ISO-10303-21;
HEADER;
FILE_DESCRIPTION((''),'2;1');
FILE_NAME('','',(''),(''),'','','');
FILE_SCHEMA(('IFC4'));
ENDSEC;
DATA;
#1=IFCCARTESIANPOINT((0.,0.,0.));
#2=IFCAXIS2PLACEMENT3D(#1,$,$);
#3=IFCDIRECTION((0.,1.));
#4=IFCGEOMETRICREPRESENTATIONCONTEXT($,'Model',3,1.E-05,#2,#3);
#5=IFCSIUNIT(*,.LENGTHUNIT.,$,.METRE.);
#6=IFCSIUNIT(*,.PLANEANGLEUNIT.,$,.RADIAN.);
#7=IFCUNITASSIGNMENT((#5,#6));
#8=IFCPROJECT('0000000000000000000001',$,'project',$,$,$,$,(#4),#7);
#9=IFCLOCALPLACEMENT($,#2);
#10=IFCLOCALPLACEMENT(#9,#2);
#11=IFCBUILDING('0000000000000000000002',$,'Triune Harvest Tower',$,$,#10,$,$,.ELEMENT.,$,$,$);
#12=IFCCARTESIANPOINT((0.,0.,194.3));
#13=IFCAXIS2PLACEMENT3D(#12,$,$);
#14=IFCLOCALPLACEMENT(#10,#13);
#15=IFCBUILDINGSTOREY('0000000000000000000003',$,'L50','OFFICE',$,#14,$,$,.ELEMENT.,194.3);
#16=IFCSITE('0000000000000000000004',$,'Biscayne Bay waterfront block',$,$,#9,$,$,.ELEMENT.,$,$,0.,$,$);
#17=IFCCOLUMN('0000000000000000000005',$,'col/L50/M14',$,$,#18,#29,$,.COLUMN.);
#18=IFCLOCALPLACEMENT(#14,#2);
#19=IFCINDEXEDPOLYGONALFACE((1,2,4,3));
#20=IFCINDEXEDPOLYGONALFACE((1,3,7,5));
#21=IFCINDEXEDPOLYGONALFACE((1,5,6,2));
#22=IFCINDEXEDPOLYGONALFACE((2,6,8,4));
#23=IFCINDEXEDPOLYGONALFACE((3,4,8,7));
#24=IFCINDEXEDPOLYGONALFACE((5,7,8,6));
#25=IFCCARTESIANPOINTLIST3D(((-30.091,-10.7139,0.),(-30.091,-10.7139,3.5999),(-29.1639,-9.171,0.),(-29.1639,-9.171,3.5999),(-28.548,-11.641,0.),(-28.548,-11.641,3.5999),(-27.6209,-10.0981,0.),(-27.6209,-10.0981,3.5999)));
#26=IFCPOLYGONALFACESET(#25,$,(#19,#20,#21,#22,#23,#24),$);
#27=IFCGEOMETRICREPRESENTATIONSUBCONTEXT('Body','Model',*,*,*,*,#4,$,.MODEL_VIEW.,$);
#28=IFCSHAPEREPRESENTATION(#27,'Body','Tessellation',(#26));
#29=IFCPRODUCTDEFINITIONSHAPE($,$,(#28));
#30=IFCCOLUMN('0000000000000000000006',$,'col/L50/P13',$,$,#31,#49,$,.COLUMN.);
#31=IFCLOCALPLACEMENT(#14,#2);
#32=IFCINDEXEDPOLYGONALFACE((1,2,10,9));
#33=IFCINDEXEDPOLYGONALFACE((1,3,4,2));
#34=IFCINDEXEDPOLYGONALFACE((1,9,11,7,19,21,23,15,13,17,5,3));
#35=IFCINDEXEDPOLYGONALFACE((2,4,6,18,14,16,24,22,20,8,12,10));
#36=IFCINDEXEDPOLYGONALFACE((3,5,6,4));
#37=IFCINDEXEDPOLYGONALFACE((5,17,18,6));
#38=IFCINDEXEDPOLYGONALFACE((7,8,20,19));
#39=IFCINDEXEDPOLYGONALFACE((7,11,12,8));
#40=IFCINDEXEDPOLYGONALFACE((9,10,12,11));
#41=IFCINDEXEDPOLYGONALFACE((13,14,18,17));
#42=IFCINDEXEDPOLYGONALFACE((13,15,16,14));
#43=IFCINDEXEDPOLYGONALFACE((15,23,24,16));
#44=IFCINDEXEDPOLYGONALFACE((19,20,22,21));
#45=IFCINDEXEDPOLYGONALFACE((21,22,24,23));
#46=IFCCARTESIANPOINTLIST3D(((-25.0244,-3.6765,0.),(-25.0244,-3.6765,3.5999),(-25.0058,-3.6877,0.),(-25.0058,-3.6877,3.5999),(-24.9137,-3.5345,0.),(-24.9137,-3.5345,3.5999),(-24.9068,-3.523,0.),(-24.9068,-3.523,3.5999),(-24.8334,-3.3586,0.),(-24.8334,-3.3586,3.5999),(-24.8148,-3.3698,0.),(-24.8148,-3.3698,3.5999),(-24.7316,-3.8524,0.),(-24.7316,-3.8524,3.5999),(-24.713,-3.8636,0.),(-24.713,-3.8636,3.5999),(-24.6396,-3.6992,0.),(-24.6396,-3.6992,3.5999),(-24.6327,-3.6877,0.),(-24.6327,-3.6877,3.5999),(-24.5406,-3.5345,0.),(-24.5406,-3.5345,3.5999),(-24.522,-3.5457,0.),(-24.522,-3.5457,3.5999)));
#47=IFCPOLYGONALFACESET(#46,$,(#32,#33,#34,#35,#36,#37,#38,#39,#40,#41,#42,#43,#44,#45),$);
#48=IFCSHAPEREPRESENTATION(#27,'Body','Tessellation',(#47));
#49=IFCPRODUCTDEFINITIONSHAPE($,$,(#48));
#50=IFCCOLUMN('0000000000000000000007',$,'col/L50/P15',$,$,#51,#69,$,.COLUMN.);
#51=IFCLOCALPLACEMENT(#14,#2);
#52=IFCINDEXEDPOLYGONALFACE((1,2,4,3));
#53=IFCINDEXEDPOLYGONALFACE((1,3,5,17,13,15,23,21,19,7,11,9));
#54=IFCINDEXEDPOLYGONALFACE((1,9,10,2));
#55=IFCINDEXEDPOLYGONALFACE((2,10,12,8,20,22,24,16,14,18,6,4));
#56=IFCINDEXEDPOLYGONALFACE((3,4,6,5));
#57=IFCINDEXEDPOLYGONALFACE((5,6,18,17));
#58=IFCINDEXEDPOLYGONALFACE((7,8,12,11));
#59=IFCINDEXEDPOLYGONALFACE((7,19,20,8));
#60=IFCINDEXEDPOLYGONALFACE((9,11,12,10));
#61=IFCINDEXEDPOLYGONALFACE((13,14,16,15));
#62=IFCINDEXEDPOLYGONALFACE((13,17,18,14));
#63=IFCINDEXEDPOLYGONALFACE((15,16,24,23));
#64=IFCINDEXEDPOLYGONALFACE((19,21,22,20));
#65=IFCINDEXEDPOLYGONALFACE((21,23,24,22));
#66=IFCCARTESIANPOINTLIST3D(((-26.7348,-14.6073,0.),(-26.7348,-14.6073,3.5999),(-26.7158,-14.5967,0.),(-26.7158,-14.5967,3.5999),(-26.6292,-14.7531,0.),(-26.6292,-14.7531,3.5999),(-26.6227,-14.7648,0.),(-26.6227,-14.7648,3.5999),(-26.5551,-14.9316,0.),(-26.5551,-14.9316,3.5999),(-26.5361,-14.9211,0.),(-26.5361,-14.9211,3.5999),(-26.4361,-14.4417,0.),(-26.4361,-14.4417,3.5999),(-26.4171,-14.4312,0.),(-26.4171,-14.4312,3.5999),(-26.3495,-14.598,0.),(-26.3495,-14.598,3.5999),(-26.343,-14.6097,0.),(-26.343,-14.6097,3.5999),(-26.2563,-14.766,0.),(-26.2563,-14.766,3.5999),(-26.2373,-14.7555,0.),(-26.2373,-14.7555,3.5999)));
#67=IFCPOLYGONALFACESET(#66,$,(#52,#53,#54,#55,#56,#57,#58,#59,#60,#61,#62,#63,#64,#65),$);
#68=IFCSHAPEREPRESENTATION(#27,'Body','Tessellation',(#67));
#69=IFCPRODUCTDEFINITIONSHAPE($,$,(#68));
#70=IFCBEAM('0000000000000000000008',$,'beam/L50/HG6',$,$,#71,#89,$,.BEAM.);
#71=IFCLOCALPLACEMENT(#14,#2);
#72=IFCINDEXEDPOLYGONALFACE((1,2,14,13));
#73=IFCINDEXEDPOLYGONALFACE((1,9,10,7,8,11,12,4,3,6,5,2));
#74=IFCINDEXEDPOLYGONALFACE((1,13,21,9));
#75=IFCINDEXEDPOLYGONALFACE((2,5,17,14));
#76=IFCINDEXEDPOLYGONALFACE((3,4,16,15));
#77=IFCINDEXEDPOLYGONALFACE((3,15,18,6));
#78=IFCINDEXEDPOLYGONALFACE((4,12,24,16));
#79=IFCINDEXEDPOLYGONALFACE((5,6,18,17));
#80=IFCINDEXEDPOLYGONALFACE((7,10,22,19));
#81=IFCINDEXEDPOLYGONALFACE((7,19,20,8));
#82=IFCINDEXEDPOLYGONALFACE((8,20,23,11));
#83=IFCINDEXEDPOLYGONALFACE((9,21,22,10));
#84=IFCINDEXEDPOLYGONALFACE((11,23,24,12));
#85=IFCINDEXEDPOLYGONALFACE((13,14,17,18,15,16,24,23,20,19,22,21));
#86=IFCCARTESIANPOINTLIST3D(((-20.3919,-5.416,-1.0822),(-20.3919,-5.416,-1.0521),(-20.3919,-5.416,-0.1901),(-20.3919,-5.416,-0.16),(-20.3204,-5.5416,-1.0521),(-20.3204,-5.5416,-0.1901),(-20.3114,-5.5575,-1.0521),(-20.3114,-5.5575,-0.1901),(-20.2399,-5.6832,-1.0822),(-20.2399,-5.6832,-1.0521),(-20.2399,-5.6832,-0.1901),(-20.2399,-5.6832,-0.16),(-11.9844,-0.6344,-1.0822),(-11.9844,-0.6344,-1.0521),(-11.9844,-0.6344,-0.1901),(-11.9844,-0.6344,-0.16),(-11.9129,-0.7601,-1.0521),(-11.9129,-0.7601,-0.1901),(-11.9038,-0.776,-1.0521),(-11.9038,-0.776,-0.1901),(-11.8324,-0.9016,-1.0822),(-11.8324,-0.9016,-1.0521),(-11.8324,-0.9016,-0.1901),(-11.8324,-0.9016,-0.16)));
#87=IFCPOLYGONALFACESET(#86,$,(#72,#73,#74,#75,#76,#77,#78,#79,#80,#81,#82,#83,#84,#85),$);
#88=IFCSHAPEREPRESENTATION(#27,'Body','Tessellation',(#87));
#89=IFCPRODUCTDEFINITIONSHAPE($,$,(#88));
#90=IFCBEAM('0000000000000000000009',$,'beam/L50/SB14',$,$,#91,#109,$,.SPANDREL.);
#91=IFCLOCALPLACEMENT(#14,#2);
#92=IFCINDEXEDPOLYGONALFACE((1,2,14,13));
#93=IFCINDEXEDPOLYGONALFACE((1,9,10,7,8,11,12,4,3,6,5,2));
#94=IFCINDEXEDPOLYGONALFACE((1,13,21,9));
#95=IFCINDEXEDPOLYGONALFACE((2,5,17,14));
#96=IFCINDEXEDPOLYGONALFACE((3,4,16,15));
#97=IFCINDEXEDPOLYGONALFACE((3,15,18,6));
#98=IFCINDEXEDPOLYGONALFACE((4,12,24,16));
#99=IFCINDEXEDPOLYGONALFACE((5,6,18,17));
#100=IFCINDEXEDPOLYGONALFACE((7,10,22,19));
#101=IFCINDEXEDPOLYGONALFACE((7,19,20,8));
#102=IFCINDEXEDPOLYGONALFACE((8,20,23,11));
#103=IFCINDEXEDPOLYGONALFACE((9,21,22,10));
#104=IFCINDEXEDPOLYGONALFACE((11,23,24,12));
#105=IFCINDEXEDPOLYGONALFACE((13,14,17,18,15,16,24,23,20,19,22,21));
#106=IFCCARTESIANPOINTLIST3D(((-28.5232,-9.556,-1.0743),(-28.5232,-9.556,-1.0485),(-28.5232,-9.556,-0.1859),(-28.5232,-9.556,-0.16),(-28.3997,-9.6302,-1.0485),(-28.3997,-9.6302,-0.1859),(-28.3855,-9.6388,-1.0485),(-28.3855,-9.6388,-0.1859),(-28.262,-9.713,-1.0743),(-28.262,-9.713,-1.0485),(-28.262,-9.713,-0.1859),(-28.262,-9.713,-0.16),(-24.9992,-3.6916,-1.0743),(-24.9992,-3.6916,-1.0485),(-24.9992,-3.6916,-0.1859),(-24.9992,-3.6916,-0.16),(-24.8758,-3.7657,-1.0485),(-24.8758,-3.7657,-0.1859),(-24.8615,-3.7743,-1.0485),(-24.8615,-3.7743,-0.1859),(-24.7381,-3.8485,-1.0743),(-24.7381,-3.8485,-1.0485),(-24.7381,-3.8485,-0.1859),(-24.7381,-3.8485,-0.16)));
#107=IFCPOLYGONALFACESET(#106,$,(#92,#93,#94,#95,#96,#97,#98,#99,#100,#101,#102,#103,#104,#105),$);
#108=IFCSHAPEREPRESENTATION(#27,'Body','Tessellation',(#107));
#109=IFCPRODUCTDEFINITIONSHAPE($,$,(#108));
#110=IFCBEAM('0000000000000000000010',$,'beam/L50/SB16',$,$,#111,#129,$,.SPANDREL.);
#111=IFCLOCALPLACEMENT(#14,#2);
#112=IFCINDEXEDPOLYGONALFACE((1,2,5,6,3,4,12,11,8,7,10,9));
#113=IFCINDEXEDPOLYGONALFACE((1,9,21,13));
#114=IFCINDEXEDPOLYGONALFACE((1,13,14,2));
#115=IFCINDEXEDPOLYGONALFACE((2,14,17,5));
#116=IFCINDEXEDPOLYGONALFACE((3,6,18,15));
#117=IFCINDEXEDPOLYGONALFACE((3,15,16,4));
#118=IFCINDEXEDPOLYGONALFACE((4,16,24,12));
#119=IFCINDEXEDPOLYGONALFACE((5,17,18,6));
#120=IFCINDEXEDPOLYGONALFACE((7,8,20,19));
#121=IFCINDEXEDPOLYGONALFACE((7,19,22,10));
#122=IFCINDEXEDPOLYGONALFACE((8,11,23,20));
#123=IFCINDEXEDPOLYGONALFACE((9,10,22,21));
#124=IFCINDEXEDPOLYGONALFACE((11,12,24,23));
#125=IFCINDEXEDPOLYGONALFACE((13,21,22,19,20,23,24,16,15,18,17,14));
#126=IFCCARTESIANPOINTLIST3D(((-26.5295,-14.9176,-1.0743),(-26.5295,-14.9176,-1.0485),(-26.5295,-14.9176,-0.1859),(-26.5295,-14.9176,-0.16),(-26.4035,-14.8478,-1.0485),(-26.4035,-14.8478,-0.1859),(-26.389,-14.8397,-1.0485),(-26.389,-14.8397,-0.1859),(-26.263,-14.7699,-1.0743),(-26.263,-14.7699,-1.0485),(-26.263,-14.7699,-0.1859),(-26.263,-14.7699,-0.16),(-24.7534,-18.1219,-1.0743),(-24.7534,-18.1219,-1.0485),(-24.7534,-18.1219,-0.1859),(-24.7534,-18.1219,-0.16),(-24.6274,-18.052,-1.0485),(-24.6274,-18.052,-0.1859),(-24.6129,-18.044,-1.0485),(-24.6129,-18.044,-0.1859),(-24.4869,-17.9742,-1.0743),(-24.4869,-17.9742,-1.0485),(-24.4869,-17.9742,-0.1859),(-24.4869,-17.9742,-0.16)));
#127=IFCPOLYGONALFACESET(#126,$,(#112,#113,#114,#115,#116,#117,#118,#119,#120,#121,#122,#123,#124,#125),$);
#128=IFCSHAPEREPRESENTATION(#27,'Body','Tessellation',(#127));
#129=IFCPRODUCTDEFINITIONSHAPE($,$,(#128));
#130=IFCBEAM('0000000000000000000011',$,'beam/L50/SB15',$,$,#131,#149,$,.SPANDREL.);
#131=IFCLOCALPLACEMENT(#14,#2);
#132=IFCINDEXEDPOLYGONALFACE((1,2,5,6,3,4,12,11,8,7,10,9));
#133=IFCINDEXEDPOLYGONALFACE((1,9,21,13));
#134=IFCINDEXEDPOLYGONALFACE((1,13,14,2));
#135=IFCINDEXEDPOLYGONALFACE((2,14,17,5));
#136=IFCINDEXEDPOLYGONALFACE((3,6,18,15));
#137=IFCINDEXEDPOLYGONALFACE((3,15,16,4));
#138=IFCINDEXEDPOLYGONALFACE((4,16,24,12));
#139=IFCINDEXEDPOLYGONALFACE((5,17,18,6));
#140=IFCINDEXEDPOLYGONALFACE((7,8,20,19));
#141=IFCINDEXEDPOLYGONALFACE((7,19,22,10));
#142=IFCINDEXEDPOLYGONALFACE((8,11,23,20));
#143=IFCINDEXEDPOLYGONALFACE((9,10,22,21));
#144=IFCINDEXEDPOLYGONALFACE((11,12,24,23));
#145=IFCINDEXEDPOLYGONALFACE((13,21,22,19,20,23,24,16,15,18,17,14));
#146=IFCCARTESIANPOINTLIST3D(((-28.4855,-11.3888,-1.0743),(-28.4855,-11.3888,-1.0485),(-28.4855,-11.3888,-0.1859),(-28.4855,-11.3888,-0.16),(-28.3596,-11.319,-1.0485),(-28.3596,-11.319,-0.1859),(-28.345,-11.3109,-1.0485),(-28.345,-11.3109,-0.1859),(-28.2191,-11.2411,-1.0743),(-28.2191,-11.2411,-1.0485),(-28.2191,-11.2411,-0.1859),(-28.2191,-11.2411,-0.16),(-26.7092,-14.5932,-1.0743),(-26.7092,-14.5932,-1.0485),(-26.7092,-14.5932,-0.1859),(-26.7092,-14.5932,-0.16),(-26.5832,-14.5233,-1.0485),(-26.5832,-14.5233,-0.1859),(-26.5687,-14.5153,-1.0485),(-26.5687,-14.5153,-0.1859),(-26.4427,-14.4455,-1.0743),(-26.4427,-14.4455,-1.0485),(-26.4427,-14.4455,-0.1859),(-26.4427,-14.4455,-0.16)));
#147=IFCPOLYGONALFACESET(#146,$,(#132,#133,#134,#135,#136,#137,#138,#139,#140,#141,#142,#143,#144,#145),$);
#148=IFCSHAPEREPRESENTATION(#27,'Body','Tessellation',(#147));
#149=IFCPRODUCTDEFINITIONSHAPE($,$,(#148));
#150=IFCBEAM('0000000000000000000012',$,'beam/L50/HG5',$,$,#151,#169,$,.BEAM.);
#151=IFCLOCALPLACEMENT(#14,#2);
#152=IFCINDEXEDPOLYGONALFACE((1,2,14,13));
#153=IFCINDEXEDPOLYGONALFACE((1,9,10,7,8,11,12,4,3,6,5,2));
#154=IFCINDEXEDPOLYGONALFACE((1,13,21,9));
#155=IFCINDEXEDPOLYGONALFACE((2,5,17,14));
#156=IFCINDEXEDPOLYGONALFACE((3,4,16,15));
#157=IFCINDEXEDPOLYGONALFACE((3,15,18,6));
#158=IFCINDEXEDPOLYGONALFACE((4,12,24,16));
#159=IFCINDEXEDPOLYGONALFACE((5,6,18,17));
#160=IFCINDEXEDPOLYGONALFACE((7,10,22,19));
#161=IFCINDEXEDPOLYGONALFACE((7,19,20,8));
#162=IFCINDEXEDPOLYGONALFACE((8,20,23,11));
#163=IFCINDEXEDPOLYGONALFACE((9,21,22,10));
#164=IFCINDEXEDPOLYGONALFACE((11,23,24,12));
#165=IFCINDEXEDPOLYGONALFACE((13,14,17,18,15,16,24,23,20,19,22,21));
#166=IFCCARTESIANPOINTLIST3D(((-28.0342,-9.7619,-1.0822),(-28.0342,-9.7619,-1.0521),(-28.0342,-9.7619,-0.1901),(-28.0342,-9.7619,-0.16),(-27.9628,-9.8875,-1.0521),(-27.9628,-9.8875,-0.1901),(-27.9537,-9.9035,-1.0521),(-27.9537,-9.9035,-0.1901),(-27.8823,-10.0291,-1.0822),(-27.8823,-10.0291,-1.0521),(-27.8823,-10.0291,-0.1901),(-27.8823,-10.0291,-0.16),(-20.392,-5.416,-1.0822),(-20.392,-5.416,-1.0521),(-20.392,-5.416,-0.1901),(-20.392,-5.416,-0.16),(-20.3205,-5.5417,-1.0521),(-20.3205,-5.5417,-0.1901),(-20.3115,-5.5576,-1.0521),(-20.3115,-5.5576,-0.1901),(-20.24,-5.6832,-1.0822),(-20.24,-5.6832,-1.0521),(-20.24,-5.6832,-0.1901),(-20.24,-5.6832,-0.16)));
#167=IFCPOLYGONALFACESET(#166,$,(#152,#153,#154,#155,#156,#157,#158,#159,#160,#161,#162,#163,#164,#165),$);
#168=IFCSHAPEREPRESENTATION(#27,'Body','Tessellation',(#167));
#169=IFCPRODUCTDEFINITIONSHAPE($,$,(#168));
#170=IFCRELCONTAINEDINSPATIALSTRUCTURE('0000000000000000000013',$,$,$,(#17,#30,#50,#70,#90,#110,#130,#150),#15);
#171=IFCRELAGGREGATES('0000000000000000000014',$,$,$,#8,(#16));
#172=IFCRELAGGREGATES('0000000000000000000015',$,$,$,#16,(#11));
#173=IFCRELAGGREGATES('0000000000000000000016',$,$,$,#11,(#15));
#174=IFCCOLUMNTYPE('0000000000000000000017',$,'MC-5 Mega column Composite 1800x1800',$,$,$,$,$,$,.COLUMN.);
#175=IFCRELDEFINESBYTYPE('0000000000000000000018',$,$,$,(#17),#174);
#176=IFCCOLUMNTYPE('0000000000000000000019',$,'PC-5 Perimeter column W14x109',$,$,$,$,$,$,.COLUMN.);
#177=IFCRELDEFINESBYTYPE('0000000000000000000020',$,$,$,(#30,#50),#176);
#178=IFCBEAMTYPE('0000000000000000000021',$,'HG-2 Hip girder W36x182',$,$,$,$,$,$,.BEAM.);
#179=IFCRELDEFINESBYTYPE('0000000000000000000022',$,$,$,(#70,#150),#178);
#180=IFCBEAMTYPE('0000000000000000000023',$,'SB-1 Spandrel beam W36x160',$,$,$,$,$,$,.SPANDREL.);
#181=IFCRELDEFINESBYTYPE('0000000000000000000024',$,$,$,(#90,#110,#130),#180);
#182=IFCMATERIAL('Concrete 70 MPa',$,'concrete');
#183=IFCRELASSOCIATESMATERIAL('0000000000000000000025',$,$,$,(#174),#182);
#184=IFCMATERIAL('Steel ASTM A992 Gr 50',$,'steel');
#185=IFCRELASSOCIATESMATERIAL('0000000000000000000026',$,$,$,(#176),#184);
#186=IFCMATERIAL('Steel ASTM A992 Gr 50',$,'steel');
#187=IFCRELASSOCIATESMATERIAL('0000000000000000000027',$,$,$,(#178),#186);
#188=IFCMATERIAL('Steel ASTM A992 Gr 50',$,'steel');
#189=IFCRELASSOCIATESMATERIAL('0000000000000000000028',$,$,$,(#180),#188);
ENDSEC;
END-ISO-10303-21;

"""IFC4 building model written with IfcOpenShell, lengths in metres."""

from ifc_helpers import new_model, si_unit, direction, frame, origin, origin_2d, place, context, subcontext, project, spatial, rectangle, i_section, extrude, source, transform, mapped, material, material_profile, profile_set, type_object, element, save


model = new_model("IFC4")

# Units and contexts
model_context = context("Model", 3, precision=1e-05, world=origin(), true_north=direction((0.0, 1.0)))
body_context = subcontext(model_context, "Body", "Model", "MODEL_VIEW")
ifc_project = project(units=[si_unit("LENGTHUNIT", "METRE"), si_unit("PLANEANGLEUNIT", "RADIAN")], contexts=[model_context])

# Site, building, storey
site_placement = place(None, origin())
site = spatial("IfcSite", under=ifc_project, at=site_placement, Name="Biscayne Bay waterfront block", CompositionType="ELEMENT", RefElevation=0.0)
building_placement = place(site_placement, origin())
building = spatial("IfcBuilding", under=site, at=building_placement, Name="Triune Harvest Tower", CompositionType="ELEMENT")
storey_placement = place(building_placement, frame((0.0, 0.0, 194.3)))
storey = spatial("IfcBuildingStorey", under=building, at=storey_placement, Name="L50", Description="OFFICE", CompositionType="ELEMENT", Elevation=194.3)

# Columns
ifc_material_1 = material(Name="Concrete 70 MPa", Category="concrete")
ifc_material_profile_1 = material_profile(ifc_material_1, rectangle(XDim=1.8, YDim=1.8, at=origin_2d()), Name="Composite 1800x1800")
ifc_profile_set_1 = profile_set([ifc_material_profile_1], Name="Concrete 70 MPa")
column_type_1 = type_object("IfcColumnType", Name="MC-5 Mega column Composite 1800x1800", PredefinedType="COLUMN", material=ifc_profile_set_1)
shared_shape_1 = source(origin(), body_context, "Body", "SweptSolid", [
    extrude(rectangle(XDim=1.8, YDim=1.8, at=origin_2d()), origin(), (0.0, 0.0, 1.0), 3.5999),
])
column_placement = place(storey_placement, frame((-28.856, -10.406, 0.0), z_axis=(0.0, 0.0, 1.0), x_axis=(-0.515037, -0.857168, 0.0)))
element("IfcColumn", 1, at=column_placement, inside=storey, type_object=column_type_1, Name="col/L50/M14", PredefinedType="COLUMN", context=body_context, shape_type="MappedRepresentation", body=[
    mapped(shared_shape_1, transform((0.0, 0.0, 0.0), scale=1.0)),
])
ifc_material_2 = material(Name="Steel ASTM A992 Gr 50", Category="steel")
ifc_material_profile_2 = material_profile(ifc_material_2, i_section(OverallWidth=0.3708, OverallDepth=0.3633, WebThickness=0.0134, FlangeThickness=0.0217, at=origin_2d()), Name="W14x109")
ifc_profile_set_2 = profile_set([ifc_material_profile_2], Name="Steel ASTM A992 Gr 50")
column_type_2 = type_object("IfcColumnType", Name="PC-5 Perimeter column W14x109", PredefinedType="COLUMN", material=ifc_profile_set_2)
shared_shape_2 = source(origin(), body_context, "Body", "SweptSolid", [
    extrude(i_section(OverallWidth=0.3708, OverallDepth=0.3633, WebThickness=0.0134, FlangeThickness=0.0217, at=origin_2d()), origin(), (0.0, 0.0, 1.0), 3.5999),
])
for number, where, z_axis, x_axis, name in (
    (2, (-24.7732, -3.6111, 0.0), (0.0, 0.0, 1.0), (-0.515037, -0.857168, 0.0), "col/L50/P13"),
    (3, (-26.4861, -14.6814, 0.0), (0.0, 0.0, 1.0), (0.484808, -0.874621, 0.0), "col/L50/P15"),
):
    element("IfcColumn", number, at=place(storey_placement, frame(where, z_axis=z_axis, x_axis=x_axis)), inside=storey, type_object=column_type_2, Name=name, PredefinedType="COLUMN", context=body_context, shape_type="MappedRepresentation", body=[
        mapped(shared_shape_2, transform((0.0, 0.0, 0.0), scale=1.0)),
    ])

# Beams
ifc_material_3 = material(Name="Steel ASTM A992 Gr 50", Category="steel")
ifc_material_profile_3 = material_profile(ifc_material_3, i_section(OverallWidth=0.3074, OverallDepth=0.9221, WebThickness=0.0183, FlangeThickness=0.03, at=origin_2d()), Name="W36x182")
ifc_profile_set_3 = profile_set([ifc_material_profile_3], Name="Steel ASTM A992 Gr 50")
beam_type_1 = type_object("IfcBeamType", Name="HG-2 Hip girder W36x182", PredefinedType="BEAM", material=ifc_profile_set_3)
shared_shape_3 = source(origin(), body_context, "Body", "SweptSolid", [
    extrude(i_section(OverallWidth=0.3074, OverallDepth=0.9221, WebThickness=0.0183, FlangeThickness=0.03, at=origin_2d()), origin(), (0.0, 0.0, 1.0), 9.6721),
])
beam_1_placement = place(storey_placement, frame((-20.3159, -5.5496, -0.6211), z_axis=(0.869256, 0.494363, 0.0), x_axis=(-0.494363, 0.869256, 0.0)))
element("IfcBeam", 4, at=beam_1_placement, inside=storey, type_object=beam_type_1, Name="beam/L50/HG6", PredefinedType="BEAM", context=body_context, shape_type="MappedRepresentation", body=[
    mapped(shared_shape_3, transform((0.0, 0.0, 0.0), scale=1.0)),
])
ifc_material_4 = material(Name="Steel ASTM A992 Gr 50", Category="steel")
ifc_material_profile_4 = material_profile(ifc_material_4, i_section(OverallWidth=0.3047, OverallDepth=0.9143, WebThickness=0.0166, FlangeThickness=0.0259, at=origin_2d()), Name="W36x160")
ifc_profile_set_4 = profile_set([ifc_material_profile_4], Name="Steel ASTM A992 Gr 50")
beam_type_2 = type_object("IfcBeamType", Name="SB-1 Spandrel beam W36x160", PredefinedType="SPANDREL", material=ifc_profile_set_4)
shared_shape_4 = source(origin(), body_context, "Body", "SweptSolid", [
    extrude(i_section(OverallWidth=0.3047, OverallDepth=0.9143, WebThickness=0.0166, FlangeThickness=0.0259, at=origin_2d()), origin(), (0.0, 0.0, 1.0), 6.8418),
])
beam_2_placement = place(storey_placement, frame((-24.8687, -3.77, -0.6172), z_axis=(-0.515057, -0.857156, 0.0), x_axis=(0.857156, -0.515057, 0.0)))
element("IfcBeam", 5, at=beam_2_placement, inside=storey, type_object=beam_type_2, Name="beam/L50/SB14", PredefinedType="SPANDREL", context=body_context, shape_type="MappedRepresentation", body=[
    mapped(shared_shape_4, transform((0.0, 0.0, 0.0), scale=1.0)),
])
shared_shape_5 = source(origin(), body_context, "Body", "SweptSolid", [
    extrude(i_section(OverallWidth=0.3047, OverallDepth=0.9143, WebThickness=0.0166, FlangeThickness=0.0259, at=origin_2d()), origin(), (0.0, 0.0, 1.0), 3.6636),
])
beam_3_placement = place(storey_placement, frame((-26.3962, -14.8438, -0.6172), z_axis=(0.484794, -0.874628, 0.0), x_axis=(0.874628, 0.484794, 0.0)))
element("IfcBeam", 6, at=beam_3_placement, inside=storey, type_object=beam_type_2, Name="beam/L50/SB16", PredefinedType="SPANDREL", context=body_context, shape_type="MappedRepresentation", body=[
    mapped(shared_shape_5, transform((0.0, 0.0, 0.0), scale=1.0)),
])
shared_shape_6 = source(origin(), body_context, "Body", "SweptSolid", [
    extrude(i_section(OverallWidth=0.3047, OverallDepth=0.9143, WebThickness=0.0166, FlangeThickness=0.0259, at=origin_2d()), origin(), (0.0, 0.0, 1.0), 3.6638),
])
beam_4_placement = place(storey_placement, frame((-28.3523, -11.3149, -0.6172), z_axis=(0.484845, -0.8746, 0.0), x_axis=(0.8746, 0.484845, 0.0)))
element("IfcBeam", 7, at=beam_4_placement, inside=storey, type_object=beam_type_2, Name="beam/L50/SB15", PredefinedType="SPANDREL", context=body_context, shape_type="MappedRepresentation", body=[
    mapped(shared_shape_6, transform((0.0, 0.0, 0.0), scale=1.0)),
])
shared_shape_7 = source(origin(), body_context, "Body", "SweptSolid", [
    extrude(i_section(OverallWidth=0.3074, OverallDepth=0.9221, WebThickness=0.0183, FlangeThickness=0.03, at=origin_2d()), origin(), (0.0, 0.0, 1.0), 8.7915),
])
beam_5_placement = place(storey_placement, frame((-27.9583, -9.8955, -0.6211), z_axis=(0.869275, 0.494329, 0.0), x_axis=(-0.494329, 0.869275, 0.0)))
element("IfcBeam", 8, at=beam_5_placement, inside=storey, type_object=beam_type_1, Name="beam/L50/HG5", PredefinedType="BEAM", context=body_context, shape_type="MappedRepresentation", body=[
    mapped(shared_shape_7, transform((0.0, 0.0, 0.0), scale=1.0)),
])

save(model, "model.ifc")
